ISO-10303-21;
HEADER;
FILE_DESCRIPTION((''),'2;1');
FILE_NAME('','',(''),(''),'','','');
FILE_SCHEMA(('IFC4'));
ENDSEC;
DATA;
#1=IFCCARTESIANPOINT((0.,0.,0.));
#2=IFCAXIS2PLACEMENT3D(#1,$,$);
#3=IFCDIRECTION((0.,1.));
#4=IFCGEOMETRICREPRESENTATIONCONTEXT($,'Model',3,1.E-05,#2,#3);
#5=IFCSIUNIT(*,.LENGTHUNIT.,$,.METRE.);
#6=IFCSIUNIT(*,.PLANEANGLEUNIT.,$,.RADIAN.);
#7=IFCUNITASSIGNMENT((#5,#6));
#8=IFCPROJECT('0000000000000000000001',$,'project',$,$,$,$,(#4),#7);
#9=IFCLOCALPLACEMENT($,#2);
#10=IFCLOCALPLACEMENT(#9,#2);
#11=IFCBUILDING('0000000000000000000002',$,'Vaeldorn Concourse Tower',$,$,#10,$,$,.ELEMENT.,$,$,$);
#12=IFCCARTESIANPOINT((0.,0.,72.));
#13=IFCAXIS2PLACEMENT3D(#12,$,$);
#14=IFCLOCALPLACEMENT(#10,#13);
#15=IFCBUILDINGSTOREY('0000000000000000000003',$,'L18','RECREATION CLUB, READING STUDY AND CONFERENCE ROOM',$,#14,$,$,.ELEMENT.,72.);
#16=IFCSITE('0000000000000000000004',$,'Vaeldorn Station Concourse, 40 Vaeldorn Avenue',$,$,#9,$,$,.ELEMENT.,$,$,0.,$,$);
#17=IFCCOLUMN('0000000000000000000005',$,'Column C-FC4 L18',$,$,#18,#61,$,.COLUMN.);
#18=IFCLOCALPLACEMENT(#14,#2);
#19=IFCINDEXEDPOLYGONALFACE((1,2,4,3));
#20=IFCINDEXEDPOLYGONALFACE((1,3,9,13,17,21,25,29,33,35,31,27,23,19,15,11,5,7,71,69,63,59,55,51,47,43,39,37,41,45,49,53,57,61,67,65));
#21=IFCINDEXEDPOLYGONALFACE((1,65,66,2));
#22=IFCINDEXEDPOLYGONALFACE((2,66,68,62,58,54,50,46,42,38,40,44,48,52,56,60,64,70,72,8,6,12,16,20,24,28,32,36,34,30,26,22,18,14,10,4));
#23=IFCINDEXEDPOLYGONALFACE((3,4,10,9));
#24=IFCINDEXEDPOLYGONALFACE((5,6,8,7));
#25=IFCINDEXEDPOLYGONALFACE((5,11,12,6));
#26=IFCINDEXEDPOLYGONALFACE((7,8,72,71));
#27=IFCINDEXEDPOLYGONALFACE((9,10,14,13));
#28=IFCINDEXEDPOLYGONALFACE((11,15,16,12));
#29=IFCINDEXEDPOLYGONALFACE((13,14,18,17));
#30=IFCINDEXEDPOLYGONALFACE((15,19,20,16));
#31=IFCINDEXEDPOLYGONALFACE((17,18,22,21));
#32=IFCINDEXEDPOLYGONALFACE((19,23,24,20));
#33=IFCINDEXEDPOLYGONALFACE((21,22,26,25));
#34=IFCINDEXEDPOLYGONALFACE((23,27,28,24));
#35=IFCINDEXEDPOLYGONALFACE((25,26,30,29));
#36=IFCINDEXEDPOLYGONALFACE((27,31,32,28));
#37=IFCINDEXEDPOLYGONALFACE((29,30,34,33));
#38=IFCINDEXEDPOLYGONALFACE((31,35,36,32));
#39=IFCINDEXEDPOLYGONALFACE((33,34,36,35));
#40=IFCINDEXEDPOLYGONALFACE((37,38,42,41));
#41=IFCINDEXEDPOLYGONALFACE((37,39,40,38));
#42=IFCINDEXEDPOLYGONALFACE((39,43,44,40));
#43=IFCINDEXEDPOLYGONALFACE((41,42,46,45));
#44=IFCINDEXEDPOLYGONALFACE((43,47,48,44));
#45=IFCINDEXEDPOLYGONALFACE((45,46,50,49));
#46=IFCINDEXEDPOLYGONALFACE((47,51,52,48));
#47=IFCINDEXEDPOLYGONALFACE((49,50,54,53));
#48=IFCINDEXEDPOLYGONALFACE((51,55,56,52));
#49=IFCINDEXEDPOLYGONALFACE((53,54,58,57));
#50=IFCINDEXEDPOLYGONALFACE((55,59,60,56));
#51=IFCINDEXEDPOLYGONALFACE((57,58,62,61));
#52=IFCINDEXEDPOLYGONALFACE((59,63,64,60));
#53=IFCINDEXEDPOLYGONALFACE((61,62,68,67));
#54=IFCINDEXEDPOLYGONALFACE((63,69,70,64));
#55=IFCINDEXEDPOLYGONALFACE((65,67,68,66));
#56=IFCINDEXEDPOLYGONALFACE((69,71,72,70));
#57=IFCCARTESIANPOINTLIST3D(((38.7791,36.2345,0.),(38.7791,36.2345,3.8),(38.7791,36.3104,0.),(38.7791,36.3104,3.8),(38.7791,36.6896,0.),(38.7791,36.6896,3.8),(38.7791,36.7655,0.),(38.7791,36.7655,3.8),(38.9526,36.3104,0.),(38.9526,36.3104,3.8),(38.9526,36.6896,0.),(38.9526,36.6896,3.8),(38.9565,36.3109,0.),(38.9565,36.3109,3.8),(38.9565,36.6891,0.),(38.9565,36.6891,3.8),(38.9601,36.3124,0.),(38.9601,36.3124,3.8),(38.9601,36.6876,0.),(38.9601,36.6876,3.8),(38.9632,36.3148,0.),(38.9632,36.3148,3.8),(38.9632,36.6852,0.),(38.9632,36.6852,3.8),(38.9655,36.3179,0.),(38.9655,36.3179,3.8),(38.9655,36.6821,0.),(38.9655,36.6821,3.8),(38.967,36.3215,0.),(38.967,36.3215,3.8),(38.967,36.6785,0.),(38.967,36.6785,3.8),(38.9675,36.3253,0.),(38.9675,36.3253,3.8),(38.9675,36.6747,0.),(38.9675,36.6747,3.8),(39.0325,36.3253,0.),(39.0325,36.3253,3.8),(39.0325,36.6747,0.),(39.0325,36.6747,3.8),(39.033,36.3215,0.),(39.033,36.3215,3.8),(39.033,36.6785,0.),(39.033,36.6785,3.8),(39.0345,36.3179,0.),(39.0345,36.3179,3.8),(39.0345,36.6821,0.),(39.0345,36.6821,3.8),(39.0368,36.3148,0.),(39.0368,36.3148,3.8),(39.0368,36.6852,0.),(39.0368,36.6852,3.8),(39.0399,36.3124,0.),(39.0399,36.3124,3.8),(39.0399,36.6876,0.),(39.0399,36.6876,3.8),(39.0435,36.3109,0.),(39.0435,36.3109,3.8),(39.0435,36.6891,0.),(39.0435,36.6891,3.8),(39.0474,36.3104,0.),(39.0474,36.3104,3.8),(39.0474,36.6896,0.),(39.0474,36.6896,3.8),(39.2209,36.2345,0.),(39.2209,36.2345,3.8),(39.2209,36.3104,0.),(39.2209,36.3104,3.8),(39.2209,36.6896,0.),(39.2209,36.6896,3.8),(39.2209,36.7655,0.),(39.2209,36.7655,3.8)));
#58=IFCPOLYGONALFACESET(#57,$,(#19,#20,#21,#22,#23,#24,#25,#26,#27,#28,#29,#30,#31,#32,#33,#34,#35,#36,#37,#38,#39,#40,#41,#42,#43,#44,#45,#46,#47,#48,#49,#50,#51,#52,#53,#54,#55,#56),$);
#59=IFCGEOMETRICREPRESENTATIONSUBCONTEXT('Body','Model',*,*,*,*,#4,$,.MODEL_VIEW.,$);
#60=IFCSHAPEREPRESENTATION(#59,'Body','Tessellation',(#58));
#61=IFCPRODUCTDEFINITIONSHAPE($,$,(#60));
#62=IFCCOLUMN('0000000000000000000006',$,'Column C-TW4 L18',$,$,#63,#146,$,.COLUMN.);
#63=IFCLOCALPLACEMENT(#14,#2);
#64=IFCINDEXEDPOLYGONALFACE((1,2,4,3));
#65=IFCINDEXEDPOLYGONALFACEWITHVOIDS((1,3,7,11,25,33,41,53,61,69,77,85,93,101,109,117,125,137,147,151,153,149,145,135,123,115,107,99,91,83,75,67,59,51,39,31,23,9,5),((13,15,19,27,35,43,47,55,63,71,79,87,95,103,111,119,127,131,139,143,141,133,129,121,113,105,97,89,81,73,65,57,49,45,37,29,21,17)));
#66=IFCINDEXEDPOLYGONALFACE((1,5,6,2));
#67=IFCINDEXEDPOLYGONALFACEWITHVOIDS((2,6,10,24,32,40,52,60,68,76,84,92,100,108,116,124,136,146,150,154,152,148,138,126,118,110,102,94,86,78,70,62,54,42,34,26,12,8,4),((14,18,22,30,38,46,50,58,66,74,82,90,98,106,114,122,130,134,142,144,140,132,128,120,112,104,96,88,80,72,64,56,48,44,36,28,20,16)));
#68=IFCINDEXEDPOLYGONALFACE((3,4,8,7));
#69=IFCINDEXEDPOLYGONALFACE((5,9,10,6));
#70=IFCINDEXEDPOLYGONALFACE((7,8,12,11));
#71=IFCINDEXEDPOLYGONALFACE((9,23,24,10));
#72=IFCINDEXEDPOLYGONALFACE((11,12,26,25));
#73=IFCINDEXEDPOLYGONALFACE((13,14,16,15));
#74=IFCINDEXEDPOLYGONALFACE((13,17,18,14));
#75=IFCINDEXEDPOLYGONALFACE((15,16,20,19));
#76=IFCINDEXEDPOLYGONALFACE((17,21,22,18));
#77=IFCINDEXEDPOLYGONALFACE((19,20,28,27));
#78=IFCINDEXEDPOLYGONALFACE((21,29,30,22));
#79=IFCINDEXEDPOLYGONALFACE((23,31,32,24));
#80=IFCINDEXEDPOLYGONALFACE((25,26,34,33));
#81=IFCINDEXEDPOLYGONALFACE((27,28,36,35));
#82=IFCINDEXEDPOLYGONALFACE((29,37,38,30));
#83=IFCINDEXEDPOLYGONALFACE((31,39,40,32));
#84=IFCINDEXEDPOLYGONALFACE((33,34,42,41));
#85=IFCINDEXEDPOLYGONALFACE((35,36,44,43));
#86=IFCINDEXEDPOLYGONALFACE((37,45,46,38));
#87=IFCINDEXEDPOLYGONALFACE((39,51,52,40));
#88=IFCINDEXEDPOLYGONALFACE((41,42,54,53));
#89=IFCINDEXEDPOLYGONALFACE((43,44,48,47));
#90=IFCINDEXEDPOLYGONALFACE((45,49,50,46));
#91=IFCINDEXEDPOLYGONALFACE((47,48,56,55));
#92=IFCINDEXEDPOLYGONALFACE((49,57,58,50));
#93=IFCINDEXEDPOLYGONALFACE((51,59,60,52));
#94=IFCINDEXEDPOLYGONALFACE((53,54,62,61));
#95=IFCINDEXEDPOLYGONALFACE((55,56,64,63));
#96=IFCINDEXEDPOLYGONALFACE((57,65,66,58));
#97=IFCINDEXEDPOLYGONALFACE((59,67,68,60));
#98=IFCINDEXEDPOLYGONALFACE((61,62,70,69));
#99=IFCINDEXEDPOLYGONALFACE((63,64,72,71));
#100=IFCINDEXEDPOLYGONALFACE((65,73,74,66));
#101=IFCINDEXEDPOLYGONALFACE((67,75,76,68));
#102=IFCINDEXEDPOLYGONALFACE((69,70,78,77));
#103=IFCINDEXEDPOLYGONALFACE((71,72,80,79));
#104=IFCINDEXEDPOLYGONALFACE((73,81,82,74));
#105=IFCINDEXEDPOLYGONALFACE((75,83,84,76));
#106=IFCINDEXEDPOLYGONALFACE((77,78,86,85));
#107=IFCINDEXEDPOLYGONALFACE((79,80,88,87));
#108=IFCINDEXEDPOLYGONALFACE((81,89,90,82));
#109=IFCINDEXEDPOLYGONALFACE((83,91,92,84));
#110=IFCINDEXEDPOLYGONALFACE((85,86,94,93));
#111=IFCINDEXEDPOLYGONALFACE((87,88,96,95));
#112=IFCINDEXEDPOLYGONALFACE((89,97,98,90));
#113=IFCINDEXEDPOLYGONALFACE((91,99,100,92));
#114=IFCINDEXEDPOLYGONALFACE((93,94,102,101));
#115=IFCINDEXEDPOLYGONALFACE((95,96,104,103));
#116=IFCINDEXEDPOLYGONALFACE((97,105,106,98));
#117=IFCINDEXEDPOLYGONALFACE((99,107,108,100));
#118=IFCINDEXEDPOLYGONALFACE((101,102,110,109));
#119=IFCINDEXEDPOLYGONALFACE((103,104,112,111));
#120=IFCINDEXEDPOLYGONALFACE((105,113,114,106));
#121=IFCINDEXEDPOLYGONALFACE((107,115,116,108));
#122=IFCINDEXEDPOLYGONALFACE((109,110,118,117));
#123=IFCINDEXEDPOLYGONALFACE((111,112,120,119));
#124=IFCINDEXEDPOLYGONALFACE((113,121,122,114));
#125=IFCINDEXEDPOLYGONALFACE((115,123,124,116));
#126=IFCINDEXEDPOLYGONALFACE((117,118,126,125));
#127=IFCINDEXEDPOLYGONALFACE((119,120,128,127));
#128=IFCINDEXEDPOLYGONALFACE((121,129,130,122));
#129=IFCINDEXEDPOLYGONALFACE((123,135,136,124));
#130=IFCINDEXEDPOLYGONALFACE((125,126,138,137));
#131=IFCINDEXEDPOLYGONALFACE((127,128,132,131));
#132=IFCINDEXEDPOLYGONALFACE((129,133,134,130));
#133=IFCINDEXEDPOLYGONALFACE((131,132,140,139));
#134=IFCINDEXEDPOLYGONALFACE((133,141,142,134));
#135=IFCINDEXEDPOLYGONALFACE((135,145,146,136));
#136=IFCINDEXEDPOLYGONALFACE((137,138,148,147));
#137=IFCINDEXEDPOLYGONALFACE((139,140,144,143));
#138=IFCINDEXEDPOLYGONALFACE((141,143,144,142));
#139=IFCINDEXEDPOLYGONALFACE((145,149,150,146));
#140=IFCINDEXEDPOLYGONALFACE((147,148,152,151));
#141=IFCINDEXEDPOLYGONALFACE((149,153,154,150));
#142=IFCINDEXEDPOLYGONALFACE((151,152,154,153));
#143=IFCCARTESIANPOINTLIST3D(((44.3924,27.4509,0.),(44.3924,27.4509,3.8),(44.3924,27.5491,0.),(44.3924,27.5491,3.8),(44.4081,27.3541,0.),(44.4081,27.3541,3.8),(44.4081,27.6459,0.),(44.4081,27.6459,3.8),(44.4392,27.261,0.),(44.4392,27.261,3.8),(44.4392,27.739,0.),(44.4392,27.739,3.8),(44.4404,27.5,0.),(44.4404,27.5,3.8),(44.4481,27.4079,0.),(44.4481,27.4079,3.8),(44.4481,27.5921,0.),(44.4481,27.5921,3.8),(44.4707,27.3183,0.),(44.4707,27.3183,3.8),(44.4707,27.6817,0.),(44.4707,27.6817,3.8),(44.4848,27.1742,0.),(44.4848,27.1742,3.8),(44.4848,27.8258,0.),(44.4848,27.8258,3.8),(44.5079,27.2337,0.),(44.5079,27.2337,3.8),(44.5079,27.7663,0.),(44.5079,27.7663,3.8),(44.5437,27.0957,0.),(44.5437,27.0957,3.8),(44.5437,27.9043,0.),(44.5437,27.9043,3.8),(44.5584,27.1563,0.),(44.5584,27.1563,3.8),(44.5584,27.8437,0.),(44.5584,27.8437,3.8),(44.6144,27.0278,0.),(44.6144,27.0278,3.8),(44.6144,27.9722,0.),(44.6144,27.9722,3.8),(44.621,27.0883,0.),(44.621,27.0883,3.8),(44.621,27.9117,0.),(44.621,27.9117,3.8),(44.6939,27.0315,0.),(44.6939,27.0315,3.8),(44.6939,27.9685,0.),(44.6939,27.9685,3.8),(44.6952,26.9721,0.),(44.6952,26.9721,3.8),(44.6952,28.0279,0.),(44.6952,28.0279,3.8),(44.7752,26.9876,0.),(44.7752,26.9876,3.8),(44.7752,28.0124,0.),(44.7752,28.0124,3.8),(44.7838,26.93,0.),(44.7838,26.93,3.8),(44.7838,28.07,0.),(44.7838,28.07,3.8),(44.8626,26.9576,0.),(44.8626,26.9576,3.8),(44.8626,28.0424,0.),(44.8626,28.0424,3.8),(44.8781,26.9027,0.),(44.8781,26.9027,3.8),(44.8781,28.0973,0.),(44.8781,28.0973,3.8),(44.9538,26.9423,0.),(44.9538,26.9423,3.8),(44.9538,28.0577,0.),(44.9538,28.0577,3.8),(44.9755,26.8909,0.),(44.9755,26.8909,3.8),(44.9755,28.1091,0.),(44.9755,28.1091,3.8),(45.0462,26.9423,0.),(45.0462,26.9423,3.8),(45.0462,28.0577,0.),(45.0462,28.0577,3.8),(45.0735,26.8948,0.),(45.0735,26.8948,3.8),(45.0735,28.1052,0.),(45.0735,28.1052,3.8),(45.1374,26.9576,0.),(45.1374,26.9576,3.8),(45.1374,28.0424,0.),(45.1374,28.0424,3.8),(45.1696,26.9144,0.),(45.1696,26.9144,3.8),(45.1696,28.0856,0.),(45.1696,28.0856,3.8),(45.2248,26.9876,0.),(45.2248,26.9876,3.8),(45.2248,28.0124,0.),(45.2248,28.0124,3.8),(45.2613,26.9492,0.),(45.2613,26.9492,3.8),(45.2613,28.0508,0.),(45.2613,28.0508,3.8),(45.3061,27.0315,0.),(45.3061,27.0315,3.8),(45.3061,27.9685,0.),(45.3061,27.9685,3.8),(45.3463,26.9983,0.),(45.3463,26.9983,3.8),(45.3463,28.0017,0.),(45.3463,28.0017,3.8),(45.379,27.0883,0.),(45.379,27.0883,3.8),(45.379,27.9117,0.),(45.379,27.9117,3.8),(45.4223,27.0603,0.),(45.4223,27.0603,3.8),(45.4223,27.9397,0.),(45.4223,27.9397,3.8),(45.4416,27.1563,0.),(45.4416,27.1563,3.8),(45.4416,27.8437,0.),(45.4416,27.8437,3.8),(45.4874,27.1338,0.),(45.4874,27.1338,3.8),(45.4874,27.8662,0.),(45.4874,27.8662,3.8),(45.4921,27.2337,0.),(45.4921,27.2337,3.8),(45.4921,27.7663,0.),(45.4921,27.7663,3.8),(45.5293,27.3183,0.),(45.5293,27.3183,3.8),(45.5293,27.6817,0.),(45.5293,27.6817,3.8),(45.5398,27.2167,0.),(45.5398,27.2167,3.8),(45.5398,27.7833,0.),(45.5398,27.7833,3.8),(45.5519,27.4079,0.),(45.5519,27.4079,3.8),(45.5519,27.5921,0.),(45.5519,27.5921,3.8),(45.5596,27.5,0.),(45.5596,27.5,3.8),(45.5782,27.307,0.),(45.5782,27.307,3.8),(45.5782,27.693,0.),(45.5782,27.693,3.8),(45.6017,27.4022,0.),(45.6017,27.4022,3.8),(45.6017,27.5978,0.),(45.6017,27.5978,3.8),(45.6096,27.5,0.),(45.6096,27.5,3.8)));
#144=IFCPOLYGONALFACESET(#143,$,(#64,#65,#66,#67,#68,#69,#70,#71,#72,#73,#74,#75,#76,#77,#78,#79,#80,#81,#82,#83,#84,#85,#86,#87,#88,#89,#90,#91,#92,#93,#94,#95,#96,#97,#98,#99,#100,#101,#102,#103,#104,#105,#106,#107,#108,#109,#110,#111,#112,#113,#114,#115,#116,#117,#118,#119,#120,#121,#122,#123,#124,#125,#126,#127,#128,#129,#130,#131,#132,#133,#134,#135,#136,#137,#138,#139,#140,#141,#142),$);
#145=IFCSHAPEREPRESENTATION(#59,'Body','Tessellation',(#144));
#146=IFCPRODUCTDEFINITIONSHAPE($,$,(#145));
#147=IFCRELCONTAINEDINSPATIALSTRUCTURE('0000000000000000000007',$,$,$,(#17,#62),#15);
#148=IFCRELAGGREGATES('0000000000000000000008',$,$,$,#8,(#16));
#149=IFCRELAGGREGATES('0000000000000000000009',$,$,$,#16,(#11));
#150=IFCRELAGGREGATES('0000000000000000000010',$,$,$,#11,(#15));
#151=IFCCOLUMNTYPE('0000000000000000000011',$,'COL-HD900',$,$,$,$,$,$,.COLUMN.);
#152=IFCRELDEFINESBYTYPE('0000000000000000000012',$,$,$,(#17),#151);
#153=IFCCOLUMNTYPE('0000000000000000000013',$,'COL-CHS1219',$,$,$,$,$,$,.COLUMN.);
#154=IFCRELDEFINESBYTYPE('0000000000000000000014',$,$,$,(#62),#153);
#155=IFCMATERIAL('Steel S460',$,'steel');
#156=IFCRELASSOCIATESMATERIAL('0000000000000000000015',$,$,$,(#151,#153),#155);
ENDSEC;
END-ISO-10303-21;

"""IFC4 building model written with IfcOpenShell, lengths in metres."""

from ifc_helpers import new_model, si_unit, direction, frame, origin, origin_2d, place, context, subcontext, project, spatial, hollow_circle, i_section, extrude, source, transform, mapped, material, material_profile, profile_set, type_object, element, save


model = new_model("IFC4")

# Units and contexts
model_context = context("Model", 3, precision=1e-05, world=origin(), true_north=direction((0.0, 1.0)))
body_context = subcontext(model_context, "Body", "Model", "MODEL_VIEW")
ifc_project = project(units=[si_unit("LENGTHUNIT", "METRE"), si_unit("PLANEANGLEUNIT", "RADIAN")], contexts=[model_context])

# Site, building, storey
site_placement = place(None, origin())
site = spatial("IfcSite", under=ifc_project, at=site_placement, Name="Vaeldorn Station Concourse, 40 Vaeldorn Avenue", CompositionType="ELEMENT", RefElevation=0.0)
building_placement = place(site_placement, origin())
building = spatial("IfcBuilding", under=site, at=building_placement, Name="Vaeldorn Concourse Tower", CompositionType="ELEMENT")
storey_placement = place(building_placement, frame((0.0, 0.0, 72.0)))
storey = spatial("IfcBuildingStorey", under=building, at=storey_placement, Name="L18", Description="RECREATION CLUB, READING STUDY AND CONFERENCE ROOM", CompositionType="ELEMENT", Elevation=72.0)

# Columns
ifc_material_1 = material(Name="Steel S460", Category="steel")
ifc_material_profile_1 = material_profile(ifc_material_1, i_section(OverallWidth=0.4419, OverallDepth=0.531, WebThickness=0.0649, FlangeThickness=0.0759, FilletRadius=0.0149, at=origin_2d()), Name="HD 400x900")
ifc_profile_set_1 = profile_set([ifc_material_profile_1], Name="Steel S460")
column_type_1 = type_object("IfcColumnType", Name="COL-HD900", PredefinedType="COLUMN", material=ifc_profile_set_1)
shared_shape_1 = source(origin(), body_context, "Body", "SweptSolid", [
    extrude(i_section(OverallWidth=0.4419, OverallDepth=0.531, WebThickness=0.0649, FlangeThickness=0.0759, FilletRadius=0.0149, at=origin_2d()), origin(), (0.0, 0.0, 1.0), 3.8),
])
column_1_placement = place(storey_placement, frame((39.0, 36.5, 0.0), z_axis=(0.0, 0.0, 1.0), x_axis=(1.0, 0.0, 0.0)))
element("IfcColumn", 1, at=column_1_placement, inside=storey, type_object=column_type_1, Name="Column C-FC4 L18", PredefinedType="COLUMN", context=body_context, shape_type="MappedRepresentation", body=[
    mapped(shared_shape_1, transform((0.0, 0.0, 0.0), scale=1.0)),
])
ifc_material_profile_2 = material_profile(ifc_material_1, hollow_circle(Radius=0.6096, WallThickness=0.05, at=origin_2d()), Name="CHS 1219x50")
ifc_profile_set_2 = profile_set([ifc_material_profile_2], Name="Steel S460")
column_type_2 = type_object("IfcColumnType", Name="COL-CHS1219", PredefinedType="COLUMN", material=ifc_profile_set_2)
shared_shape_2 = source(origin(), body_context, "Body", "SweptSolid", [
    extrude(hollow_circle(Radius=0.6096, WallThickness=0.05, at=origin_2d()), origin(), (0.0, 0.0, 1.0), 3.8),
])
column_2_placement = place(storey_placement, frame((45.0, 27.5, 0.0), z_axis=(0.0, 0.0, 1.0), x_axis=(1.0, 0.0, 0.0)))
element("IfcColumn", 2, at=column_2_placement, inside=storey, type_object=column_type_2, Name="Column C-TW4 L18", PredefinedType="COLUMN", context=body_context, shape_type="MappedRepresentation", body=[
    mapped(shared_shape_2, transform((0.0, 0.0, 0.0), scale=1.0)),
])

save(model, "model.ifc")
